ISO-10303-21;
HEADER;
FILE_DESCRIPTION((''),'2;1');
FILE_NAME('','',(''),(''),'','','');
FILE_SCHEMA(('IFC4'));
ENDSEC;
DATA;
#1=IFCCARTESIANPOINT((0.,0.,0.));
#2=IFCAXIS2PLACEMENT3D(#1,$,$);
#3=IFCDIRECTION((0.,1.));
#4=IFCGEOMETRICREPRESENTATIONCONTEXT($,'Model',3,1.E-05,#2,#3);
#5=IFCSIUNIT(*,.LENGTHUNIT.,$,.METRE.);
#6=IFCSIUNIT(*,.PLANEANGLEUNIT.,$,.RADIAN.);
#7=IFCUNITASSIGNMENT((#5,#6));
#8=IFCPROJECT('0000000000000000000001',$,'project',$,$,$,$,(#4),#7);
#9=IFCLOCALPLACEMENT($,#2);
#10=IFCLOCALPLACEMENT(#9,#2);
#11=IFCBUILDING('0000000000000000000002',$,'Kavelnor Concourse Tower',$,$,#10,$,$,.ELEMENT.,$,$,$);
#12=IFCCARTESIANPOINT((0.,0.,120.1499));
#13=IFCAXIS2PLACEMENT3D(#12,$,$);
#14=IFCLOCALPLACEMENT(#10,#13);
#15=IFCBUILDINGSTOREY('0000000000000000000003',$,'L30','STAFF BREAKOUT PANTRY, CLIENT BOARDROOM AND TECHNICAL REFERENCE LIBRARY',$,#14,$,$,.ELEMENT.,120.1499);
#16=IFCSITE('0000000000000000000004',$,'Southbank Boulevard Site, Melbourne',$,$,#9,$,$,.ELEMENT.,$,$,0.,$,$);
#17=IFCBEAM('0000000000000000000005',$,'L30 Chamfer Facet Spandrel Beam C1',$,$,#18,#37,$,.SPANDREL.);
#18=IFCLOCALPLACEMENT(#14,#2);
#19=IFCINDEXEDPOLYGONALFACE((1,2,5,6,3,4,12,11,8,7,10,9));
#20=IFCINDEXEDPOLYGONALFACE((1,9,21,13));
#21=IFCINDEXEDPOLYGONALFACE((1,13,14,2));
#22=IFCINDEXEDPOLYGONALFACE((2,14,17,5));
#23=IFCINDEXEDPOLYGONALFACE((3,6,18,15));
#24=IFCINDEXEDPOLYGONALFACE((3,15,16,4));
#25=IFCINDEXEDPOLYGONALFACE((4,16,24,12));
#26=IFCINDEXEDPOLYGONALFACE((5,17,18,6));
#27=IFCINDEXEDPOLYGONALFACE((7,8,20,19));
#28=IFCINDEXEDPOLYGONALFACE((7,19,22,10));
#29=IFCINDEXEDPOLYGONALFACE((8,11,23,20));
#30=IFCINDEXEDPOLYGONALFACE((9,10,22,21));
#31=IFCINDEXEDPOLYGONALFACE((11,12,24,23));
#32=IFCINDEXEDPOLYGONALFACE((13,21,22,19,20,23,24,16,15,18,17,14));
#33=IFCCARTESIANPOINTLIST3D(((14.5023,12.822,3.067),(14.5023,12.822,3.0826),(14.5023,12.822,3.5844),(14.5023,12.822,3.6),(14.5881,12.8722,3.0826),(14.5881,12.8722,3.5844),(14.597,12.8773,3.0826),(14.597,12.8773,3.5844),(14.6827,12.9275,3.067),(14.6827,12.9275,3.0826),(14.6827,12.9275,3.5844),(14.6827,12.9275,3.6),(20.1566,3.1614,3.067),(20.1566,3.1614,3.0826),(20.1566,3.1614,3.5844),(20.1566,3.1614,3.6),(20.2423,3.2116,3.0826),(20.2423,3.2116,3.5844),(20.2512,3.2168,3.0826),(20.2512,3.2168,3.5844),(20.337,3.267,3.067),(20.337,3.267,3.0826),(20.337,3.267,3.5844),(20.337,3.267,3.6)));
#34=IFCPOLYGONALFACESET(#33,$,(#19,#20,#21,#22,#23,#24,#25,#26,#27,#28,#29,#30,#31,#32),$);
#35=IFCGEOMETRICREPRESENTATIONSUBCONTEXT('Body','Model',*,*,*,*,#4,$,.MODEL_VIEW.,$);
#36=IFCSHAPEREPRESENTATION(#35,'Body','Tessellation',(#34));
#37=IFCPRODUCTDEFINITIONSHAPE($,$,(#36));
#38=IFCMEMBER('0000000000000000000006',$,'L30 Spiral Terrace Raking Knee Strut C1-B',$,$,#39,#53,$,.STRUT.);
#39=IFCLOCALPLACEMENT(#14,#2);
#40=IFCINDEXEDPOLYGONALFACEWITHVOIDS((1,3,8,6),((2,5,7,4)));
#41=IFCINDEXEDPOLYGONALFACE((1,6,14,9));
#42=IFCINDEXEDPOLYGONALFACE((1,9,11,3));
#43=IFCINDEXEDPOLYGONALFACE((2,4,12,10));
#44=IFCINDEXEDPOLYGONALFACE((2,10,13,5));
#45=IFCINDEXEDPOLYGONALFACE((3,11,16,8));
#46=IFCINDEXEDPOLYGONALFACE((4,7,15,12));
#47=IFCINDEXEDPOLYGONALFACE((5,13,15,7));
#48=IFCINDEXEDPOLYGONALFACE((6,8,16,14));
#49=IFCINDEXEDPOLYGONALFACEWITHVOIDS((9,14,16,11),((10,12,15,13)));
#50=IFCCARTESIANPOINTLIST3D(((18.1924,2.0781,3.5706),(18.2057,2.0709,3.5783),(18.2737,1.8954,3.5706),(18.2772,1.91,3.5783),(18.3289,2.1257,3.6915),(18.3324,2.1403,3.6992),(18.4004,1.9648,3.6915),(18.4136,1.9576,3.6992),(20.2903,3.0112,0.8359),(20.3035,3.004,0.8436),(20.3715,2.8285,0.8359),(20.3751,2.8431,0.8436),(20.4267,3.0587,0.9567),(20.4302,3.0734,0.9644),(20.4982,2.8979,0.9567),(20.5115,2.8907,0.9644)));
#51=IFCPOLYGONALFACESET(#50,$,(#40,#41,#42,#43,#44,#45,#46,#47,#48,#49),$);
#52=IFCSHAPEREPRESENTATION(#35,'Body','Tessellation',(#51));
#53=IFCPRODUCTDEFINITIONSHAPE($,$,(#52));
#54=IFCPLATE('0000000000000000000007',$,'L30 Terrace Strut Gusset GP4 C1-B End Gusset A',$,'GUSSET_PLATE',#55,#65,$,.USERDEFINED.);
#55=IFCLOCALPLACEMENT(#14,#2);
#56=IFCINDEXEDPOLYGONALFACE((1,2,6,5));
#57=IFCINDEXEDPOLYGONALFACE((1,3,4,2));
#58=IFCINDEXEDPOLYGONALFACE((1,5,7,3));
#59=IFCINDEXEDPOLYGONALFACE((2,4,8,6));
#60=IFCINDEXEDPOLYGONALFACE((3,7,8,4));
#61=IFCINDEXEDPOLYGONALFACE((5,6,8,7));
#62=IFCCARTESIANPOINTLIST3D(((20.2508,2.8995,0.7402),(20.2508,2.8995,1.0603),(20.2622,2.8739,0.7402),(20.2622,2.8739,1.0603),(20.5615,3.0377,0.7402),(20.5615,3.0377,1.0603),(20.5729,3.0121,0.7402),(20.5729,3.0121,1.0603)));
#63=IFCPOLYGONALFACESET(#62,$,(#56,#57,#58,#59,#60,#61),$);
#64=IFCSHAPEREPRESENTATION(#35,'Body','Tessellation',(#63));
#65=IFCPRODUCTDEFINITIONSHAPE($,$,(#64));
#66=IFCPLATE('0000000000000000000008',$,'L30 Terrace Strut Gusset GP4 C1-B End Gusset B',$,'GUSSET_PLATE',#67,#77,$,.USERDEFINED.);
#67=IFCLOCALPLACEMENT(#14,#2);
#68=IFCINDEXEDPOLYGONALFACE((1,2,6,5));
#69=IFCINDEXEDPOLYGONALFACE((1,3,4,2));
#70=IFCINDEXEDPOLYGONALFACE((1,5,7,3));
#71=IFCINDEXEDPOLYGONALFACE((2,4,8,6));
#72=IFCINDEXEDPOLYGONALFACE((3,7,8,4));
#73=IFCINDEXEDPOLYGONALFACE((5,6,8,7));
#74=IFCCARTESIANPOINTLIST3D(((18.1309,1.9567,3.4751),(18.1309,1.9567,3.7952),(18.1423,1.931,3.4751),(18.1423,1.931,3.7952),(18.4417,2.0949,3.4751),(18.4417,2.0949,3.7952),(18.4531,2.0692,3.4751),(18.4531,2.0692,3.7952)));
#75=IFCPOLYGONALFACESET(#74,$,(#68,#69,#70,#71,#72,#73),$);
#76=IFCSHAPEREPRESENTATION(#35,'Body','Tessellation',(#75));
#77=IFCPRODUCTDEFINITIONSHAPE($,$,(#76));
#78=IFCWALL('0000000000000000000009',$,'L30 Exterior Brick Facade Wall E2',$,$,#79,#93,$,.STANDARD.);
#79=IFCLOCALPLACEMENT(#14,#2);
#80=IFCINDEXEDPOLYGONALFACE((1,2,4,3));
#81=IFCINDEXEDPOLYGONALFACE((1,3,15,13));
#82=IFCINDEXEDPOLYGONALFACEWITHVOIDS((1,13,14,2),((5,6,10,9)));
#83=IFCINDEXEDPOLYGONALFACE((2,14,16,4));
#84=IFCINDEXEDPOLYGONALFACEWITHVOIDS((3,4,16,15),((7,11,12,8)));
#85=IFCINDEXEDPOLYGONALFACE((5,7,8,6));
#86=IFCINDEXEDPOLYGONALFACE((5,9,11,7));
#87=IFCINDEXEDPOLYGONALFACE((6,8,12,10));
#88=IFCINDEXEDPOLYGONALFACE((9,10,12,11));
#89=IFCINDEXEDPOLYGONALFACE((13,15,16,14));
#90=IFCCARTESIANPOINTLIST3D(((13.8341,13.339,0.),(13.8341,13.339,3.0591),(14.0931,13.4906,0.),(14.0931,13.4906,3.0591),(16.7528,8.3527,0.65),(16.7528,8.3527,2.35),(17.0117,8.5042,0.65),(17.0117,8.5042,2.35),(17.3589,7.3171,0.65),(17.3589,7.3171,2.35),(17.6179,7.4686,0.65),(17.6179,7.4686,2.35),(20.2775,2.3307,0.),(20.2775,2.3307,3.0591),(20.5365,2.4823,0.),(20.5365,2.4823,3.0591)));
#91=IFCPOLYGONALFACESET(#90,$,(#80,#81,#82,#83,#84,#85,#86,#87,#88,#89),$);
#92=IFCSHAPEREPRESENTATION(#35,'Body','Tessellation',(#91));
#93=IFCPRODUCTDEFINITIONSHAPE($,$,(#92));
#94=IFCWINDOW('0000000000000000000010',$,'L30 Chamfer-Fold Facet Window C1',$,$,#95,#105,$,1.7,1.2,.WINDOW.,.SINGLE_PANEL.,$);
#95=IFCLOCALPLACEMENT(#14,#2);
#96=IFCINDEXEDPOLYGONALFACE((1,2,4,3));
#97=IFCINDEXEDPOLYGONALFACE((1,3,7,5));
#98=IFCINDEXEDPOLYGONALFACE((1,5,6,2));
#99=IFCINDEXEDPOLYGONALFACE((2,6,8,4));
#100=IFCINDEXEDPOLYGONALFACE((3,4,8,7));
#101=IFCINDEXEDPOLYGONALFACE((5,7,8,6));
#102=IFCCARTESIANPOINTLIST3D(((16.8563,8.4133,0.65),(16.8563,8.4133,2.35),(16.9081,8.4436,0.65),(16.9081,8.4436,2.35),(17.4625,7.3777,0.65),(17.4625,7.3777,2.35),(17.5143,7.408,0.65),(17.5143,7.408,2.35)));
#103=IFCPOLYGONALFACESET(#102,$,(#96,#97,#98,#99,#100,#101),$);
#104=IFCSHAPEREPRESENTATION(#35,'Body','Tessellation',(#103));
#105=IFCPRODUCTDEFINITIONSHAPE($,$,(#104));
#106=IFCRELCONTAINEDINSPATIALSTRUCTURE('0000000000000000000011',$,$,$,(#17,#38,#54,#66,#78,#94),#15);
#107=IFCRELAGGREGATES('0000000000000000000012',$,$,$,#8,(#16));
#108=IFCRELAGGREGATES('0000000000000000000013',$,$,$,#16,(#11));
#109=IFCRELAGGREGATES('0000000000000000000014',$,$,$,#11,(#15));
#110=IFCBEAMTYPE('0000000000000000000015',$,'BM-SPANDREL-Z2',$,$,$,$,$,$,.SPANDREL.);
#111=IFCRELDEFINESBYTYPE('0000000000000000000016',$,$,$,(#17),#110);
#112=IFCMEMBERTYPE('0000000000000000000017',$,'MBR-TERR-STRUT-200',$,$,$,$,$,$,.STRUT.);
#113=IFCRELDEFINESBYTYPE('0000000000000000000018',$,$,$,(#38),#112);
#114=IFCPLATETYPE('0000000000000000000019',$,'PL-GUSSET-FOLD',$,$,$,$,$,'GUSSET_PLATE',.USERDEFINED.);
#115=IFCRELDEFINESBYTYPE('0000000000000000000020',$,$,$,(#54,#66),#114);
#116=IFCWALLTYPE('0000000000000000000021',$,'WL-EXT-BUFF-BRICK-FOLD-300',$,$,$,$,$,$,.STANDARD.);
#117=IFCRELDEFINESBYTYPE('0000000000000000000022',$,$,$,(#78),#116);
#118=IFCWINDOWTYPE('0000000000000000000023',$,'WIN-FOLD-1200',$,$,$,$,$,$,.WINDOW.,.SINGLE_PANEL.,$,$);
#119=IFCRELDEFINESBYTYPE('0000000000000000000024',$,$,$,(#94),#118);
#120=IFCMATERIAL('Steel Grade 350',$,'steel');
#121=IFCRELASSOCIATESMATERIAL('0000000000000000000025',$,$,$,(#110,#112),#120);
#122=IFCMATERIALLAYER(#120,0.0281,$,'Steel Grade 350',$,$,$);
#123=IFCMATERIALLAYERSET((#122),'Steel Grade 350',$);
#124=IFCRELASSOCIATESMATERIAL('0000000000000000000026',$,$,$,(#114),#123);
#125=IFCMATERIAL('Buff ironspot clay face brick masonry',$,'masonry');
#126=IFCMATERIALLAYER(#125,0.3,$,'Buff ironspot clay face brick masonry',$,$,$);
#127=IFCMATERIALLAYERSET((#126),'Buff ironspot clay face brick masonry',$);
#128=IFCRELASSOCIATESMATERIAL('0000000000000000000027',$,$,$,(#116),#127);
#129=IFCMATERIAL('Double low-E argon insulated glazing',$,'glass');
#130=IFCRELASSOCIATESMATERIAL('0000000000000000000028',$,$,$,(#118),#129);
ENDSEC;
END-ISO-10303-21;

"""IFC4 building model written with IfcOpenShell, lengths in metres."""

from ifc_helpers import new_model, si_unit, direction, frame, frame_2d, origin, origin_2d, place, context, subcontext, project, spatial, rectangle, hollow_rectangle, i_section, extrude, material, layer, layer_set, material_profile, profile_set, type_object, element, fill, save


model = new_model("IFC4")

# Units and contexts
model_context = context("Model", 3, precision=1e-05, world=origin(), true_north=direction((0.0, 1.0)))
body_context = subcontext(model_context, "Body", "Model", "MODEL_VIEW")
ifc_project = project(units=[si_unit("LENGTHUNIT", "METRE"), si_unit("PLANEANGLEUNIT", "RADIAN")], contexts=[model_context])

# Site, building, storey
site_placement = place(None, origin())
site = spatial("IfcSite", under=ifc_project, at=site_placement, Name="Southbank Boulevard Site, Melbourne", CompositionType="ELEMENT", RefElevation=0.0)
building_placement = place(site_placement, origin())
building = spatial("IfcBuilding", under=site, at=building_placement, Name="Kavelnor Concourse Tower", CompositionType="ELEMENT")
storey_placement = place(building_placement, frame((0.0, 0.0, 120.1499)))
storey = spatial("IfcBuildingStorey", under=building, at=storey_placement, Name="L30", Description="STAFF BREAKOUT PANTRY, CLIENT BOARDROOM AND TECHNICAL REFERENCE LIBRARY", CompositionType="ELEMENT", Elevation=120.1499)

# Shared definitions
ifc_material_1 = material(Name="Steel Grade 350", Category="steel")

# Beam
ifc_material_profile_1 = material_profile(ifc_material_1, i_section(OverallWidth=0.209, OverallDepth=0.533, WebThickness=0.0103, FlangeThickness=0.0156, at=origin_2d()), Name="530UB92")
ifc_profile_set_1 = profile_set([ifc_material_profile_1], Name="Steel Grade 350")
beam_type_1 = type_object("IfcBeamType", Name="BM-SPANDREL-Z2", PredefinedType="SPANDREL", material=ifc_profile_set_1)
beam_1_placement = place(storey_placement, frame((14.5925, 12.8748, 3.3335), z_axis=(0.505132, -0.863042, 0.0), x_axis=(0.863042, 0.505132, 0.0)))
element("IfcBeam", 1, at=beam_1_placement, inside=storey, type_object=beam_type_1, Name="L30 Chamfer Facet Spandrel Beam C1", PredefinedType="SPANDREL", context=body_context, shape_type="SweptSolid", body=[
    extrude(i_section(OverallWidth=0.209, OverallDepth=0.533, WebThickness=0.0103, FlangeThickness=0.0156, at=origin_2d()), origin(), (0.0, 0.0, 1.0), 11.1936),
])

# Member
ifc_material_profile_2 = material_profile(ifc_material_1, hollow_rectangle(XDim=0.2, YDim=0.2, WallThickness=0.012, at=origin_2d()), Name="SHS 200x200x12")
ifc_profile_set_2 = profile_set([ifc_material_profile_2], Name="Steel Grade 350")
member_type = type_object("IfcMemberType", Name="MBR-TERR-STRUT-200", PredefinedType="STRUT", material=ifc_profile_set_2)
member_placement = place(storey_placement, frame((20.4009, 2.9509, 0.9001), z_axis=(-0.587499, -0.261308, 0.765874), x_axis=(0.406395, -0.913698, 0.0)))
element("IfcMember", 2, at=member_placement, inside=storey, type_object=member_type, Name="L30 Spiral Terrace Raking Knee Strut C1-B", PredefinedType="STRUT", context=body_context, shape_type="SweptSolid", body=[
    extrude(hollow_rectangle(XDim=0.2, YDim=0.2, WallThickness=0.012, at=origin_2d()), origin(), (0.0, 0.0, 1.0), 3.5708),
])

# Plates
ifc_layer_1 = layer(ifc_material_1, 0.0281, Name="Steel Grade 350")
ifc_layer_set_1 = layer_set([ifc_layer_1], Name="Steel Grade 350")
plate_type = type_object("IfcPlateType", Name="PL-GUSSET-FOLD", ElementType="GUSSET_PLATE", PredefinedType="USERDEFINED", material=ifc_layer_set_1)
for number, where, z_axis, x_axis, name in (
    (3, (20.4119, 2.9558, 0.7402), (0.0, 0.0, 1.0), (-0.913687, -0.406418, 0.0), "L30 Terrace Strut Gusset GP4 C1-B End Gusset A"),
    (4, (18.292, 2.0129, 3.4751), (0.0, 0.0, 1.0), (-0.913687, -0.406418, 0.0), "L30 Terrace Strut Gusset GP4 C1-B End Gusset B"),
):
    element("IfcPlate", number, at=place(storey_placement, frame(where, z_axis=z_axis, x_axis=x_axis)), inside=storey, type_object=plate_type, Name=name, ObjectType="GUSSET_PLATE", PredefinedType="USERDEFINED", context=body_context, shape_type="SweptSolid", body=[
        extrude(rectangle(XDim=0.3401, YDim=0.0281, at=origin_2d()), origin(), (0.0, 0.0, 1.0), 0.3201),
    ])

# Wall, opening, window
ifc_material_2 = material(Name="Buff ironspot clay face brick masonry", Category="masonry")
ifc_layer_2 = layer(ifc_material_2, 0.3, Name="Buff ironspot clay face brick masonry")
ifc_layer_set_2 = layer_set([ifc_layer_2], Name="Buff ironspot clay face brick masonry")
wall_type_1 = type_object("IfcWallType", Name="WL-EXT-BUFF-BRICK-FOLD-300", PredefinedType="STANDARD", material=ifc_layer_set_2)
wall_1_placement = place(storey_placement, frame((20.407, 2.4065, 0.0), z_axis=(0.0, 0.0, 1.0), x_axis=(-0.505149, 0.863032, 0.0)))
wall_1 = element("IfcWall", 5, at=wall_1_placement, inside=storey, type_object=wall_type_1, Name="L30 Exterior Brick Facade Wall E2", PredefinedType="STANDARD", context=body_context, shape_type="SweptSolid", body=[
    extrude(rectangle(XDim=12.7554, YDim=0.3, at=frame_2d((6.3777, 0.0))), origin(), (0.0, 0.0, 1.0), 3.0591),
])
opening_1_placement = place(wall_1_placement, frame((5.7776, 0.0, 0.6499)))
opening_1 = element("IfcOpeningElement", 6, at=opening_1_placement, cuts=wall_1, PredefinedType="OPENING", context=body_context, shape_type="SweptSolid", body=[
    extrude(rectangle(XDim=1.2, YDim=1.7, at=frame_2d((0.6001, 0.8501))), frame((0.0, 0.1602, 0.0), z_axis=(0.0, -1.0, 0.0), x_axis=(1.0, 0.0, 0.0)), (0.0, 0.0, 1.0), 0.3201),
])
ifc_material_3 = material(Name="Double low-E argon insulated glazing", Category="glass")
window_type = type_object("IfcWindowType", Name="WIN-FOLD-1200", PartitioningType="SINGLE_PANEL", PredefinedType="WINDOW", material=ifc_material_3)
window_placement = place(opening_1_placement, origin())
window = element("IfcWindow", 7, at=window_placement, inside=storey, type_object=window_type, Name="L30 Chamfer-Fold Facet Window C1", OverallHeight=1.7, OverallWidth=1.2, PartitioningType="SINGLE_PANEL", PredefinedType="WINDOW", context=body_context, shape_type="SweptSolid", body=[
    extrude(rectangle(XDim=1.2, YDim=1.7, at=frame_2d((0.6001, 0.8501))), frame((0.0, 0.03, 0.0), z_axis=(0.0, -1.0, 0.0), x_axis=(1.0, 0.0, 0.0)), (0.0, 0.0, 1.0), 0.0601),
])
fill(opening_1, window)

save(model, "model.ifc")
